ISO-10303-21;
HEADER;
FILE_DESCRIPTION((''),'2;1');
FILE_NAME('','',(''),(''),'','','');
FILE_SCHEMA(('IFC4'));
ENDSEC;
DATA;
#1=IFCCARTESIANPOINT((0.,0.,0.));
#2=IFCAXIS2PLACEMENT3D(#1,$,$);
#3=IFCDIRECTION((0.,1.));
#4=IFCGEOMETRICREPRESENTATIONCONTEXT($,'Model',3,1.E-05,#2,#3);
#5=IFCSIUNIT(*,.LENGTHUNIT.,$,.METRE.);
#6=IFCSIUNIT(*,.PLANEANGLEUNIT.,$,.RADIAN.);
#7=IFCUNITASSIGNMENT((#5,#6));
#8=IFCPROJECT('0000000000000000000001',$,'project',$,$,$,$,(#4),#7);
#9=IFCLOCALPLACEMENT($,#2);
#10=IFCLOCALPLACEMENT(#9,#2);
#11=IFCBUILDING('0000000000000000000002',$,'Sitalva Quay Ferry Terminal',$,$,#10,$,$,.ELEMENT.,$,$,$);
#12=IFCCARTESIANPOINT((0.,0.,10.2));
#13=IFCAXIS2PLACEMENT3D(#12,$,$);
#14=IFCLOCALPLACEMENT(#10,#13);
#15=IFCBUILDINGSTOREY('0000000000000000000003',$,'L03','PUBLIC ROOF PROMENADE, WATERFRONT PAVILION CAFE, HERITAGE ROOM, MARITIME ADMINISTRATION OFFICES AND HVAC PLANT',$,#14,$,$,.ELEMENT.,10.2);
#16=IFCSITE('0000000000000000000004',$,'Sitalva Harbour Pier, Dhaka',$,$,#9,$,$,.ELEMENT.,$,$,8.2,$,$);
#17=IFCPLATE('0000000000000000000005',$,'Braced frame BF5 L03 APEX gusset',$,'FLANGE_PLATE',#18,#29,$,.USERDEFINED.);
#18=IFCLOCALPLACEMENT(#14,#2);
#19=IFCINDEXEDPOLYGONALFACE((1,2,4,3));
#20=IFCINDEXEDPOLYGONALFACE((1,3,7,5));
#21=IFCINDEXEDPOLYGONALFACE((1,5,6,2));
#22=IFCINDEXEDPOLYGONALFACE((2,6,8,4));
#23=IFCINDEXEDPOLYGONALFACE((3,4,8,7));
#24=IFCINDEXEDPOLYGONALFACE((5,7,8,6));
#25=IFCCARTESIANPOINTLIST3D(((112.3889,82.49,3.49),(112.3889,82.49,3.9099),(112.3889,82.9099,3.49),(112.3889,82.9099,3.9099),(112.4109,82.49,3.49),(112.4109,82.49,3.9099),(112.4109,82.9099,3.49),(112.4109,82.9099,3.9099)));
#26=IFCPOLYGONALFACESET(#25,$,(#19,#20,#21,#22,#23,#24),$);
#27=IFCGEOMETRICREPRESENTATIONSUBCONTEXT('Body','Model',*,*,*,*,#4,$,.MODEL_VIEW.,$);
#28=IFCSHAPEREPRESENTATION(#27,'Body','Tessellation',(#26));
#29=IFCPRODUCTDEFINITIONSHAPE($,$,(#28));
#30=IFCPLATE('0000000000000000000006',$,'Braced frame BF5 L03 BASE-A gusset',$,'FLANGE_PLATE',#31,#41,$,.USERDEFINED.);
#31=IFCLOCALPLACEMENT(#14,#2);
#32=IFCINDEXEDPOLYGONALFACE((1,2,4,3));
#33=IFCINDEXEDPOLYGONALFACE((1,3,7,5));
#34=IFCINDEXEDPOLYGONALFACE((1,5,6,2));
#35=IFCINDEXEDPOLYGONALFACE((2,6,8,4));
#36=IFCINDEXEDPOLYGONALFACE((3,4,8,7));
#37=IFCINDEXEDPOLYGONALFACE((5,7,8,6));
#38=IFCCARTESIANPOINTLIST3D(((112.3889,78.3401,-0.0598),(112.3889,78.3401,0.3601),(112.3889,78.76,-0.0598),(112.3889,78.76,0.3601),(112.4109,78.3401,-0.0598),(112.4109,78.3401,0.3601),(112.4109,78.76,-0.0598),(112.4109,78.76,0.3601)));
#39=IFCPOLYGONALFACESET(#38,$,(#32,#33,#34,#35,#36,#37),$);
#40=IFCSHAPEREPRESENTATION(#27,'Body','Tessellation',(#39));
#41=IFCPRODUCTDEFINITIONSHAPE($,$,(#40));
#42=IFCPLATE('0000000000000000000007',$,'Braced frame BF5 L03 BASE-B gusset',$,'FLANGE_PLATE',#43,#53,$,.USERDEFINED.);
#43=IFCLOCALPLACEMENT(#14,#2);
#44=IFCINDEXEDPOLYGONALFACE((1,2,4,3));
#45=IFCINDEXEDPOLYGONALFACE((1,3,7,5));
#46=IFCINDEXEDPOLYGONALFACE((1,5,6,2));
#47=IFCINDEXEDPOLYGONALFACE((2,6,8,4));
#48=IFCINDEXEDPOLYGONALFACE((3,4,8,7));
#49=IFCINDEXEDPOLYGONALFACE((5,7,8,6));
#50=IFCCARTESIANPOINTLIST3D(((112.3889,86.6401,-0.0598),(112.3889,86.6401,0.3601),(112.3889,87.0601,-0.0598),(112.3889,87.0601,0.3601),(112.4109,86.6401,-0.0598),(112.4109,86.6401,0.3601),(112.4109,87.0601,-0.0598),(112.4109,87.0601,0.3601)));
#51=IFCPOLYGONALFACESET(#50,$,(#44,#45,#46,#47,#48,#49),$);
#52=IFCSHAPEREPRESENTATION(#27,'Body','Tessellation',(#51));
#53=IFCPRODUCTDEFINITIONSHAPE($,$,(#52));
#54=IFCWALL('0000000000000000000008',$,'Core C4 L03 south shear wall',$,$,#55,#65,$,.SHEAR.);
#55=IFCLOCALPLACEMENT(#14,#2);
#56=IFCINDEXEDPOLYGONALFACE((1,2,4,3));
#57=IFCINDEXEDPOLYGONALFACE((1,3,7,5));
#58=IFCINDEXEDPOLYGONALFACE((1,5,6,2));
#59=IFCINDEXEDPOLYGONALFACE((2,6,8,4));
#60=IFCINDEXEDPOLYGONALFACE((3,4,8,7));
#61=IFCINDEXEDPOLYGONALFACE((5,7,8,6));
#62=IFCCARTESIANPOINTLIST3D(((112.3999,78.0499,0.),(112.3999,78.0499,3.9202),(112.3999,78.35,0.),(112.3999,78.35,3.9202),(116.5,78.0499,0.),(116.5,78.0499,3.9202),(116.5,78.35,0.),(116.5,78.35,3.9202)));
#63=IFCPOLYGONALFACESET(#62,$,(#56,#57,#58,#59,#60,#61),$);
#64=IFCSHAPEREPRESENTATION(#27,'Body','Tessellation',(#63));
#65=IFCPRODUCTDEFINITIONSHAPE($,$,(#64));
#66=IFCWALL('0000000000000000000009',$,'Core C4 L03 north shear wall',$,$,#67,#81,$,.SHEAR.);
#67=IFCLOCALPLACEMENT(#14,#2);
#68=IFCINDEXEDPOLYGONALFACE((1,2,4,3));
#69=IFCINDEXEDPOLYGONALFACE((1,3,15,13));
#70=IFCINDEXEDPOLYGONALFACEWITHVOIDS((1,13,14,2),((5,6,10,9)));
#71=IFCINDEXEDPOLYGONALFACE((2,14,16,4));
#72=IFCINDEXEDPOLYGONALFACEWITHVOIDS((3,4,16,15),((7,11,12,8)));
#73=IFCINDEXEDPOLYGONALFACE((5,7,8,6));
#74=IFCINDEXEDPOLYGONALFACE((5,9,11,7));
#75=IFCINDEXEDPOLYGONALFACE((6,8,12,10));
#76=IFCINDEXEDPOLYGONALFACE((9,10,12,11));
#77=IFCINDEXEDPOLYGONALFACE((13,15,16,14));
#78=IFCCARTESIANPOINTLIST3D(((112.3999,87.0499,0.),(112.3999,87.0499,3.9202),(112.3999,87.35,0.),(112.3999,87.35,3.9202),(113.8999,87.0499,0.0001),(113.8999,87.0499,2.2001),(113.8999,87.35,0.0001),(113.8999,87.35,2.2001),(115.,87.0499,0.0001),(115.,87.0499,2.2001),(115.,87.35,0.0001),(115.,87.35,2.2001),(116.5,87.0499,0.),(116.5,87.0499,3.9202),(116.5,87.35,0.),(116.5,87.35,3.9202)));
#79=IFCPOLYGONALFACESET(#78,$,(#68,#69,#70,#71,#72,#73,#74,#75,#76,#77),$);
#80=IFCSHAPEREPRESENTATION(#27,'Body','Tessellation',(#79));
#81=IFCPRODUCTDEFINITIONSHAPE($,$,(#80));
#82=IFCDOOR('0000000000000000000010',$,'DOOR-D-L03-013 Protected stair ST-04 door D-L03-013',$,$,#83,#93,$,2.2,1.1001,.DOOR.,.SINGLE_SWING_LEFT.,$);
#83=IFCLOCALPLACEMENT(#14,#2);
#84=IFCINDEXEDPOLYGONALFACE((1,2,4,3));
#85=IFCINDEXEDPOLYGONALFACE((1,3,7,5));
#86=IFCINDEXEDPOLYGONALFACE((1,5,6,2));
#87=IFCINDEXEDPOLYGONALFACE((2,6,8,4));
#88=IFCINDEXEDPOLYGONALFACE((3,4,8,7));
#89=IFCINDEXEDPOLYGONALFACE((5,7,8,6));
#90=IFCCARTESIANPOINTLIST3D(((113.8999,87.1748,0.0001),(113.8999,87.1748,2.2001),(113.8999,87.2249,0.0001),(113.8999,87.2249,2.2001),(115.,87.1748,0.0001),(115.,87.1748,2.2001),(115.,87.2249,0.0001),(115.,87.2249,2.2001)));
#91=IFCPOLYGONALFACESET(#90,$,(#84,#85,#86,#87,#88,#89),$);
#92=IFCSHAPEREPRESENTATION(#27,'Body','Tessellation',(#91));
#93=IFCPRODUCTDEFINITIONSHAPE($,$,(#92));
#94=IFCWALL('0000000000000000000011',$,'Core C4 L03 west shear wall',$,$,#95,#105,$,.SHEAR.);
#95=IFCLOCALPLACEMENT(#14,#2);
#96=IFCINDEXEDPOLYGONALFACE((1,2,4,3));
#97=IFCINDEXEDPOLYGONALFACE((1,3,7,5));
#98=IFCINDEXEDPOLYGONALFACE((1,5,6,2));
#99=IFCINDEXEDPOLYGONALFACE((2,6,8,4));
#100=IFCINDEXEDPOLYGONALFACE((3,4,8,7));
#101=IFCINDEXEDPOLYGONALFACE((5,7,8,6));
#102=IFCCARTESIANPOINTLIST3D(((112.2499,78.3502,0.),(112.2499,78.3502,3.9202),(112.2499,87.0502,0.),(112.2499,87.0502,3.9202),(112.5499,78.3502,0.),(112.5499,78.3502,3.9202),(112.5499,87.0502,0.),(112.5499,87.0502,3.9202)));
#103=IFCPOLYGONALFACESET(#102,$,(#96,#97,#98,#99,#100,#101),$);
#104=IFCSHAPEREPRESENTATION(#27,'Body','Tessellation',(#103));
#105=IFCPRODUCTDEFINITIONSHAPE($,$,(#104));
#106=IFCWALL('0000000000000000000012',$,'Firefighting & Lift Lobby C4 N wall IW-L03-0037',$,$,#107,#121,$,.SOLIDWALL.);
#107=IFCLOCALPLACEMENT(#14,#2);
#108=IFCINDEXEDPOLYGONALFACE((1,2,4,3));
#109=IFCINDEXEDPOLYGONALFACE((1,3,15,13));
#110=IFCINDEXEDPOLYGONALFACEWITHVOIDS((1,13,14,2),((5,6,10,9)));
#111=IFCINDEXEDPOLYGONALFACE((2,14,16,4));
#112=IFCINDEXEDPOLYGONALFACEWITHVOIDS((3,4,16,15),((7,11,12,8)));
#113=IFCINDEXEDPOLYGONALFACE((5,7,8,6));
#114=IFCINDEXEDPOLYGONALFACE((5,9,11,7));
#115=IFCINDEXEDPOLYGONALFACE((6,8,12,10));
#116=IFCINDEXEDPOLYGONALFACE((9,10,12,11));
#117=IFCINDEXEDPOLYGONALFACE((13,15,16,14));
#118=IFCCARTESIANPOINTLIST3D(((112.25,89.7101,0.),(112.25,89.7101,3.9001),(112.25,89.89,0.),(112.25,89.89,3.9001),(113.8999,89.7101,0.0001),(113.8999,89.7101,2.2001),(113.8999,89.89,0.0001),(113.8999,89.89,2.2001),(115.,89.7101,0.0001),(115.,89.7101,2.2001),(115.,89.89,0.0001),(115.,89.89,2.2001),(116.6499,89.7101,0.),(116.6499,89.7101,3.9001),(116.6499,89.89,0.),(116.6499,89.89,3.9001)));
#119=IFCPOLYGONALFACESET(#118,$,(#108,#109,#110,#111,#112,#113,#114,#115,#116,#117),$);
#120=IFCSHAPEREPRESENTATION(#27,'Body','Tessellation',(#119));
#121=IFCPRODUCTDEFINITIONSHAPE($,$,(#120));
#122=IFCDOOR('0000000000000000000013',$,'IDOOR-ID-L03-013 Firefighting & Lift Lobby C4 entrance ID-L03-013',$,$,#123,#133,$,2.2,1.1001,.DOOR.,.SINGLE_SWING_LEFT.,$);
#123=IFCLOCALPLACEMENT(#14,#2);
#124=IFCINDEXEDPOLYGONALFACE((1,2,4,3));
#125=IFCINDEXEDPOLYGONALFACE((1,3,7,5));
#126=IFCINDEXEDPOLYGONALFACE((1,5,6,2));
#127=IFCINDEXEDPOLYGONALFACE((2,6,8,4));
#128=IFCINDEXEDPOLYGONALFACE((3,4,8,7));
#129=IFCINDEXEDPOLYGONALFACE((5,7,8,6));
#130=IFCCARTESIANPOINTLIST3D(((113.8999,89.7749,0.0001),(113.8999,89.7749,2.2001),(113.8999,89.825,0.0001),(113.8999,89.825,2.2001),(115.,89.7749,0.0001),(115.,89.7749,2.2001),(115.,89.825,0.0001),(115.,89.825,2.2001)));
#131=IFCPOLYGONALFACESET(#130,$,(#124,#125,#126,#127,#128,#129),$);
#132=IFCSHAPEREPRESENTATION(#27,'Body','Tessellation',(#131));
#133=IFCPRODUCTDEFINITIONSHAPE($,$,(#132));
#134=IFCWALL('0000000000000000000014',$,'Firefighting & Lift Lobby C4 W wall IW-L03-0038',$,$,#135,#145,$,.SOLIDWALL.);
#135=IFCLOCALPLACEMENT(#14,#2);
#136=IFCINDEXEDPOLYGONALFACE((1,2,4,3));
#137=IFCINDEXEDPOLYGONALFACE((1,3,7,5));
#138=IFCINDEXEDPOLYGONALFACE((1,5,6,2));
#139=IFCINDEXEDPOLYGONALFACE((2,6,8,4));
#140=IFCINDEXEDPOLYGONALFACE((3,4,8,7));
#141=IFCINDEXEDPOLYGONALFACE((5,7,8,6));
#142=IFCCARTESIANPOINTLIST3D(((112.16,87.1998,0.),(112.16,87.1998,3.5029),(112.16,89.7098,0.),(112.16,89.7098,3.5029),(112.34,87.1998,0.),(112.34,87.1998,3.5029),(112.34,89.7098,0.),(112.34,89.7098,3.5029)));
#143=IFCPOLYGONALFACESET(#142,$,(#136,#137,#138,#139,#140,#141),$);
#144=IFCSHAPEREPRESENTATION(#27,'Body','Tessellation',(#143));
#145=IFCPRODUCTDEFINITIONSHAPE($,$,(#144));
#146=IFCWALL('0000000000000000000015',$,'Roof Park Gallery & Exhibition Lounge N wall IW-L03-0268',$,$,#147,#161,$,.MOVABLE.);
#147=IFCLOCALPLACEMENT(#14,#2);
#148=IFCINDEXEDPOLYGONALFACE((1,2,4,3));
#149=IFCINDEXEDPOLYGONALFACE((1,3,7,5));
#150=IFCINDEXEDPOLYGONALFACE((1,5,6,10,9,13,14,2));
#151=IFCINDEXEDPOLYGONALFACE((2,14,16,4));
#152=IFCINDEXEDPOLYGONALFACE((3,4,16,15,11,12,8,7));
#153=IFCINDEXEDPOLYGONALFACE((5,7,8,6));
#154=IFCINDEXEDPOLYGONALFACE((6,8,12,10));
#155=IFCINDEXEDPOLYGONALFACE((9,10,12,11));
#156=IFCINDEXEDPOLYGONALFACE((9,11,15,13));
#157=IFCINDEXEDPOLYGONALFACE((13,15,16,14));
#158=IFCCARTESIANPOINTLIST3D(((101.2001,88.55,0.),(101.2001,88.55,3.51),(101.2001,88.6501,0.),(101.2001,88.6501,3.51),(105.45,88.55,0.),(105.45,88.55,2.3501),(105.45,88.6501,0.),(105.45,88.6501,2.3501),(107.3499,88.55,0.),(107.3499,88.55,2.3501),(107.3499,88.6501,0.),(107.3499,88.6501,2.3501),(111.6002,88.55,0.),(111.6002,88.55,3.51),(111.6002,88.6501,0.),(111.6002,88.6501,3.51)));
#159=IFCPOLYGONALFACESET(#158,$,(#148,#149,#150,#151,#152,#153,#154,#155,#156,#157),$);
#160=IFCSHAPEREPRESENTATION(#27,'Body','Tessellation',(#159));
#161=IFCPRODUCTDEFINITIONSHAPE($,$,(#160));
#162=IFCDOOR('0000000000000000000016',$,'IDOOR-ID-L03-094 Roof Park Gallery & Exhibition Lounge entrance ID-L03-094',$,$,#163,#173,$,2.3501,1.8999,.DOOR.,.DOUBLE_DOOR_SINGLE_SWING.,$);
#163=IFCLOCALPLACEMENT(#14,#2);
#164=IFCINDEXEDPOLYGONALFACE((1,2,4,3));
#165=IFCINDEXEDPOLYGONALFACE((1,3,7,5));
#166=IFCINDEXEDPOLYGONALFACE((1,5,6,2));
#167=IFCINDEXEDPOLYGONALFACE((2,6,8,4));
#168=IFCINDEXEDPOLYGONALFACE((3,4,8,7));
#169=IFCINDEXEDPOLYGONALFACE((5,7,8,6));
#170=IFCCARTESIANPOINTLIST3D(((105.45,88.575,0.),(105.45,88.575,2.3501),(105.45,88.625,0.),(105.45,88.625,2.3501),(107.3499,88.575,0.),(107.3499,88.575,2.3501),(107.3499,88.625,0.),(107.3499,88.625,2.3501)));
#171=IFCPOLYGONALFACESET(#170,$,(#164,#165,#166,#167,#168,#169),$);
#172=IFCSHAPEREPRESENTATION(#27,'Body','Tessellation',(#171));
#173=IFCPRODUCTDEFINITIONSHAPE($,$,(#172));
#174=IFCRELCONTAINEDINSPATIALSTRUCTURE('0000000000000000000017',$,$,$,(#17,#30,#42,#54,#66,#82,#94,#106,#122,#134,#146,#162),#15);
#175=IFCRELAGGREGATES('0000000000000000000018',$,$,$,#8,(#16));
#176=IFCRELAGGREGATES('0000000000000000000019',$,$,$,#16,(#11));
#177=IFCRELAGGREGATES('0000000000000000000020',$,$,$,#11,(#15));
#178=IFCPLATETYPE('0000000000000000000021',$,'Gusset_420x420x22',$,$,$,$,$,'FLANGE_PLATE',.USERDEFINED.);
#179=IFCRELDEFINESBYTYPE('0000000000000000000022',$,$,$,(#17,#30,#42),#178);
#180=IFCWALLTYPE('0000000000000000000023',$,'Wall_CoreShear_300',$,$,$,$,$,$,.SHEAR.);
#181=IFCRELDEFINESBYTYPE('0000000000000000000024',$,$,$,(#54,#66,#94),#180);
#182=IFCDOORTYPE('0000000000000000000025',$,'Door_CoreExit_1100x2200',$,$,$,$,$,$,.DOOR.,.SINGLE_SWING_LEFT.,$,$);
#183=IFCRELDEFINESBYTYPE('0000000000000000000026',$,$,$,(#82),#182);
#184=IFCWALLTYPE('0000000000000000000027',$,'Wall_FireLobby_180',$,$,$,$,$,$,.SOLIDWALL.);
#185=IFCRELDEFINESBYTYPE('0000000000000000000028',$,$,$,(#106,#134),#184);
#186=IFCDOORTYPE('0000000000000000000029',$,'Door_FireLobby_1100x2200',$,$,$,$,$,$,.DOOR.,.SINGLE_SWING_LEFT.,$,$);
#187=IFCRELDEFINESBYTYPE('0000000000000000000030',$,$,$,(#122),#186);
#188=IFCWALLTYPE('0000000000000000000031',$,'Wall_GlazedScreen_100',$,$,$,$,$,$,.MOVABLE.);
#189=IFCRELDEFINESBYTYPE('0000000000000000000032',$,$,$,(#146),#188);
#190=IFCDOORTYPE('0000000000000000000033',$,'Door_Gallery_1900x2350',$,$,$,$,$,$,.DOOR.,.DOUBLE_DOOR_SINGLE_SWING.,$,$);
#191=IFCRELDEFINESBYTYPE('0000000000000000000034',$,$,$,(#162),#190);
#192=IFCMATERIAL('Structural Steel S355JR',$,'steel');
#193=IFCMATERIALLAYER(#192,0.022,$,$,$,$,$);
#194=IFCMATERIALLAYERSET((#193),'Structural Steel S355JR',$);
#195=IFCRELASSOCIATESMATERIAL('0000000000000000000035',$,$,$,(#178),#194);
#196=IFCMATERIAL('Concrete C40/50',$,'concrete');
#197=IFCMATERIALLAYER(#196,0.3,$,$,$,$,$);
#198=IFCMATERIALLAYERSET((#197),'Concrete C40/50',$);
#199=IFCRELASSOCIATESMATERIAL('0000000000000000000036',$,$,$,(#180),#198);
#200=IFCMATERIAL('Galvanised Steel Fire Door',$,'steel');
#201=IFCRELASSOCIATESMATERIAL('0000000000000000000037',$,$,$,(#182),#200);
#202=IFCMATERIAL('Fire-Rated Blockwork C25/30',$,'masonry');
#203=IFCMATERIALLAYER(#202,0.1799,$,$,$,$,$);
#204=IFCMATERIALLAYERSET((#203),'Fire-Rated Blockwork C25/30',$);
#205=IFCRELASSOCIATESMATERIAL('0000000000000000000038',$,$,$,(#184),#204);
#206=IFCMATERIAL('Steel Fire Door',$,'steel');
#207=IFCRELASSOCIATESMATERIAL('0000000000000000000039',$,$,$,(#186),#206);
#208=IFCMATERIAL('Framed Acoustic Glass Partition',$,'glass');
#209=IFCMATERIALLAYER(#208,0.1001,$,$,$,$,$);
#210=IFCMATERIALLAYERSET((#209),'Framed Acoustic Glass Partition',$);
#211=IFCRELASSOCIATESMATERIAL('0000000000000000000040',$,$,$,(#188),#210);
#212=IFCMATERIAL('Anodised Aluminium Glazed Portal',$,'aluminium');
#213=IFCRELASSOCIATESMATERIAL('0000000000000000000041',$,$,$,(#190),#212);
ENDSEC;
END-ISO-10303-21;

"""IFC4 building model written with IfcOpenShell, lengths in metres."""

from ifc_helpers import new_model, si_unit, direction, frame, frame_2d, origin, origin_2d, place, context, subcontext, project, spatial, rectangle, extrude, material, layer, layer_set, type_object, element, fill, save


model = new_model("IFC4")

# Units and contexts
model_context = context("Model", 3, precision=1e-05, world=origin(), true_north=direction((0.0, 1.0)))
body_context = subcontext(model_context, "Body", "Model", "MODEL_VIEW")
ifc_project = project(units=[si_unit("LENGTHUNIT", "METRE"), si_unit("PLANEANGLEUNIT", "RADIAN")], contexts=[model_context])

# Site, building, storey
site_placement = place(None, origin())
site = spatial("IfcSite", under=ifc_project, at=site_placement, Name="Sitalva Harbour Pier, Dhaka", CompositionType="ELEMENT", RefElevation=8.2)
building_placement = place(site_placement, origin())
building = spatial("IfcBuilding", under=site, at=building_placement, Name="Sitalva Quay Ferry Terminal", CompositionType="ELEMENT")
storey_placement = place(building_placement, frame((0.0, 0.0, 10.2)))
storey = spatial("IfcBuildingStorey", under=building, at=storey_placement, Name="L03", Description="PUBLIC ROOF PROMENADE, WATERFRONT PAVILION CAFE, HERITAGE ROOM, MARITIME ADMINISTRATION OFFICES AND HVAC PLANT", CompositionType="ELEMENT", Elevation=10.2)

# Plates
ifc_material_1 = material(Name="Structural Steel S355JR", Category="steel")
ifc_layer_1 = layer(ifc_material_1, 0.022)
ifc_layer_set_1 = layer_set([ifc_layer_1], Name="Structural Steel S355JR")
plate_type = type_object("IfcPlateType", Name="Gusset_420x420x22", ElementType="FLANGE_PLATE", PredefinedType="USERDEFINED", material=ifc_layer_set_1)
for number, where, z_axis, x_axis, name in (
    (1, (112.3999, 82.7, 3.49), (0.0, 0.0, 1.0), (1.0, 0.0, 0.0), "Braced frame BF5 L03 APEX gusset"),
    (2, (112.3999, 78.55, -0.0598), (0.0, 0.0, 1.0), (1.0, 0.0, 0.0), "Braced frame BF5 L03 BASE-A gusset"),
    (3, (112.3999, 86.8501, -0.0598), (0.0, 0.0, 1.0), (1.0, 0.0, 0.0), "Braced frame BF5 L03 BASE-B gusset"),
):
    element("IfcPlate", number, at=place(storey_placement, frame(where, z_axis=z_axis, x_axis=x_axis)), inside=storey, type_object=plate_type, Name=name, ObjectType="FLANGE_PLATE", PredefinedType="USERDEFINED", context=body_context, shape_type="SweptSolid", body=[
        extrude(rectangle(XDim=0.022, YDim=0.4199, at=origin_2d()), origin(), (0.0, 0.0, 1.0), 0.4199),
    ])

# Wall
ifc_material_2 = material(Name="Concrete C40/50", Category="concrete")
ifc_layer_2 = layer(ifc_material_2, 0.3)
ifc_layer_set_2 = layer_set([ifc_layer_2], Name="Concrete C40/50")
wall_type_1 = type_object("IfcWallType", Name="Wall_CoreShear_300", PredefinedType="SHEAR", material=ifc_layer_set_2)
wall_1_placement = place(storey_placement, frame((112.3999, 78.2, 0.0), z_axis=(0.0, 0.0, 1.0), x_axis=(1.0, 0.0, 0.0)))
element("IfcWall", 4, at=wall_1_placement, inside=storey, type_object=wall_type_1, Name="Core C4 L03 south shear wall", PredefinedType="SHEAR", context=body_context, shape_type="SweptSolid", body=[
    extrude(rectangle(XDim=4.1001, YDim=0.3, at=frame_2d((2.05, 0.0))), origin(), (0.0, 0.0, 1.0), 3.9202),
])

# Wall, opening, door
wall_2_placement = place(storey_placement, frame((112.3999, 87.2, 0.0), z_axis=(0.0, 0.0, 1.0), x_axis=(1.0, 0.0, 0.0)))
wall_2 = element("IfcWall", 5, at=wall_2_placement, inside=storey, type_object=wall_type_1, Name="Core C4 L03 north shear wall", PredefinedType="SHEAR", context=body_context, shape_type="SweptSolid", body=[
    extrude(rectangle(XDim=4.1001, YDim=0.3, at=frame_2d((2.05, 0.0))), origin(), (0.0, 0.0, 1.0), 3.9202),
])
opening_1_placement = place(wall_2_placement, frame((1.5, 0.0, 0.0)))
opening_1 = element("IfcOpeningElement", 6, at=opening_1_placement, cuts=wall_2, PredefinedType="OPENING", context=body_context, shape_type="SweptSolid", body=[
    extrude(rectangle(XDim=1.1001, YDim=2.2, at=frame_2d((0.55, 1.1001))), frame((0.0, 0.1599, 0.0), z_axis=(0.0, -1.0, 0.0), x_axis=(1.0, 0.0, 0.0)), (0.0, 0.0, 1.0), 0.3201),
])
ifc_material_3 = material(Name="Galvanised Steel Fire Door", Category="steel")
door_type_1 = type_object("IfcDoorType", Name="Door_CoreExit_1100x2200", OperationType="SINGLE_SWING_LEFT", PredefinedType="DOOR", material=ifc_material_3)
door_1_placement = place(opening_1_placement, origin())
door_1 = element("IfcDoor", 7, at=door_1_placement, inside=storey, type_object=door_type_1, Name="DOOR-D-L03-013 Protected stair ST-04 door D-L03-013", OperationType="SINGLE_SWING_LEFT", OverallHeight=2.2, OverallWidth=1.1001, PredefinedType="DOOR", context=body_context, shape_type="SweptSolid", body=[
    extrude(rectangle(XDim=1.1001, YDim=2.2, at=frame_2d((0.55, 1.1001))), frame((0.0, 0.0249, 0.0), z_axis=(0.0, -1.0, 0.0), x_axis=(1.0, 0.0, 0.0)), (0.0, 0.0, 1.0), 0.05),
])
fill(opening_1, door_1)

# Wall
wall_3_placement = place(storey_placement, frame((112.3999, 78.3501, 0.0), z_axis=(0.0, 0.0, 1.0), x_axis=(0.0, 1.0, 0.0)))
element("IfcWall", 8, at=wall_3_placement, inside=storey, type_object=wall_type_1, Name="Core C4 L03 west shear wall", PredefinedType="SHEAR", context=body_context, shape_type="SweptSolid", body=[
    extrude(rectangle(XDim=8.7, YDim=0.3, at=frame_2d((4.3501, 0.0))), origin(), (0.0, 0.0, 1.0), 3.9202),
])

# Wall, opening, door
ifc_material_4 = material(Name="Fire-Rated Blockwork C25/30", Category="masonry")
ifc_layer_3 = layer(ifc_material_4, 0.1799)
ifc_layer_set_3 = layer_set([ifc_layer_3], Name="Fire-Rated Blockwork C25/30")
wall_type_2 = type_object("IfcWallType", Name="Wall_FireLobby_180", PredefinedType="SOLIDWALL", material=ifc_layer_set_3)
wall_4_placement = place(storey_placement, frame((112.25, 89.8, 0.0), z_axis=(0.0, 0.0, 1.0), x_axis=(1.0, 0.0, 0.0)))
wall_4 = element("IfcWall", 9, at=wall_4_placement, inside=storey, type_object=wall_type_2, Name="Firefighting & Lift Lobby C4 N wall IW-L03-0037", PredefinedType="SOLIDWALL", context=body_context, shape_type="SweptSolid", body=[
    extrude(rectangle(XDim=4.3999, YDim=0.1799, at=frame_2d((2.2, 0.0))), origin(), (0.0, 0.0, 1.0), 3.9001),
])
opening_2_placement = place(wall_4_placement, frame((1.6499, 0.0, 0.0)))
opening_2 = element("IfcOpeningElement", 10, at=opening_2_placement, cuts=wall_4, PredefinedType="OPENING", context=body_context, shape_type="SweptSolid", body=[
    extrude(rectangle(XDim=1.1001, YDim=2.2, at=frame_2d((0.55, 1.1001))), frame((0.0, 0.0999, 0.0), z_axis=(0.0, -1.0, 0.0), x_axis=(1.0, 0.0, 0.0)), (0.0, 0.0, 1.0), 0.2),
])
ifc_material_5 = material(Name="Steel Fire Door", Category="steel")
door_type_2 = type_object("IfcDoorType", Name="Door_FireLobby_1100x2200", OperationType="SINGLE_SWING_LEFT", PredefinedType="DOOR", material=ifc_material_5)
door_2_placement = place(opening_2_placement, origin())
door_2 = element("IfcDoor", 11, at=door_2_placement, inside=storey, type_object=door_type_2, Name="IDOOR-ID-L03-013 Firefighting & Lift Lobby C4 entrance ID-L03-013", OperationType="SINGLE_SWING_LEFT", OverallHeight=2.2, OverallWidth=1.1001, PredefinedType="DOOR", context=body_context, shape_type="SweptSolid", body=[
    extrude(rectangle(XDim=1.1001, YDim=2.2, at=frame_2d((0.55, 1.1001))), frame((0.0, 0.0249, 0.0), z_axis=(0.0, -1.0, 0.0), x_axis=(1.0, 0.0, 0.0)), (0.0, 0.0, 1.0), 0.05),
])
fill(opening_2, door_2)

# Wall
wall_5_placement = place(storey_placement, frame((112.25, 87.2, 0.0), z_axis=(0.0, 0.0, 1.0), x_axis=(0.0, 1.0, 0.0)))
element("IfcWall", 12, at=wall_5_placement, inside=storey, type_object=wall_type_2, Name="Firefighting & Lift Lobby C4 W wall IW-L03-0038", PredefinedType="SOLIDWALL", context=body_context, shape_type="SweptSolid", body=[
    extrude(rectangle(XDim=2.51, YDim=0.1799, at=frame_2d((1.2549, 0.0))), origin(), (0.0, 0.0, 1.0), 3.5029),
])

# Wall, opening, door
ifc_material_6 = material(Name="Framed Acoustic Glass Partition", Category="glass")
ifc_layer_4 = layer(ifc_material_6, 0.1001)
ifc_layer_set_4 = layer_set([ifc_layer_4], Name="Framed Acoustic Glass Partition")
wall_type_3 = type_object("IfcWallType", Name="Wall_GlazedScreen_100", PredefinedType="MOVABLE", material=ifc_layer_set_4)
wall_6_placement = place(storey_placement, frame((101.2, 88.6001, 0.0), z_axis=(0.0, 0.0, 1.0), x_axis=(1.0, 0.0, 0.0)))
wall_6 = element("IfcWall", 13, at=wall_6_placement, inside=storey, type_object=wall_type_3, Name="Roof Park Gallery & Exhibition Lounge N wall IW-L03-0268", PredefinedType="MOVABLE", context=body_context, shape_type="SweptSolid", body=[
    extrude(rectangle(XDim=10.4001, YDim=0.1001, at=frame_2d((5.2002, 0.0))), origin(), (0.0, 0.0, 1.0), 3.51),
])
opening_3_placement = place(wall_6_placement, frame((4.25, 0.0, 0.0)))
opening_3 = element("IfcOpeningElement", 14, at=opening_3_placement, cuts=wall_6, PredefinedType="OPENING", context=body_context, shape_type="SweptSolid", body=[
    extrude(rectangle(XDim=1.8999, YDim=2.3501, at=frame_2d((0.95, 1.175))), frame((0.0, 0.0601, 0.0), z_axis=(0.0, -1.0, 0.0), x_axis=(1.0, 0.0, 0.0)), (0.0, 0.0, 1.0), 0.1201),
])
ifc_material_7 = material(Name="Anodised Aluminium Glazed Portal", Category="aluminium")
door_type_3 = type_object("IfcDoorType", Name="Door_Gallery_1900x2350", OperationType="DOUBLE_DOOR_SINGLE_SWING", PredefinedType="DOOR", material=ifc_material_7)
door_3_placement = place(opening_3_placement, origin())
door_3 = element("IfcDoor", 15, at=door_3_placement, inside=storey, type_object=door_type_3, Name="IDOOR-ID-L03-094 Roof Park Gallery & Exhibition Lounge entrance ID-L03-094", OperationType="DOUBLE_DOOR_SINGLE_SWING", OverallHeight=2.3501, OverallWidth=1.8999, PredefinedType="DOOR", context=body_context, shape_type="SweptSolid", body=[
    extrude(rectangle(XDim=1.8999, YDim=2.3501, at=frame_2d((0.95, 1.175))), frame((0.0, 0.0249, 0.0), z_axis=(0.0, -1.0, 0.0), x_axis=(1.0, 0.0, 0.0)), (0.0, 0.0, 1.0), 0.05),
])
fill(opening_3, door_3)

save(model, "model.ifc")
